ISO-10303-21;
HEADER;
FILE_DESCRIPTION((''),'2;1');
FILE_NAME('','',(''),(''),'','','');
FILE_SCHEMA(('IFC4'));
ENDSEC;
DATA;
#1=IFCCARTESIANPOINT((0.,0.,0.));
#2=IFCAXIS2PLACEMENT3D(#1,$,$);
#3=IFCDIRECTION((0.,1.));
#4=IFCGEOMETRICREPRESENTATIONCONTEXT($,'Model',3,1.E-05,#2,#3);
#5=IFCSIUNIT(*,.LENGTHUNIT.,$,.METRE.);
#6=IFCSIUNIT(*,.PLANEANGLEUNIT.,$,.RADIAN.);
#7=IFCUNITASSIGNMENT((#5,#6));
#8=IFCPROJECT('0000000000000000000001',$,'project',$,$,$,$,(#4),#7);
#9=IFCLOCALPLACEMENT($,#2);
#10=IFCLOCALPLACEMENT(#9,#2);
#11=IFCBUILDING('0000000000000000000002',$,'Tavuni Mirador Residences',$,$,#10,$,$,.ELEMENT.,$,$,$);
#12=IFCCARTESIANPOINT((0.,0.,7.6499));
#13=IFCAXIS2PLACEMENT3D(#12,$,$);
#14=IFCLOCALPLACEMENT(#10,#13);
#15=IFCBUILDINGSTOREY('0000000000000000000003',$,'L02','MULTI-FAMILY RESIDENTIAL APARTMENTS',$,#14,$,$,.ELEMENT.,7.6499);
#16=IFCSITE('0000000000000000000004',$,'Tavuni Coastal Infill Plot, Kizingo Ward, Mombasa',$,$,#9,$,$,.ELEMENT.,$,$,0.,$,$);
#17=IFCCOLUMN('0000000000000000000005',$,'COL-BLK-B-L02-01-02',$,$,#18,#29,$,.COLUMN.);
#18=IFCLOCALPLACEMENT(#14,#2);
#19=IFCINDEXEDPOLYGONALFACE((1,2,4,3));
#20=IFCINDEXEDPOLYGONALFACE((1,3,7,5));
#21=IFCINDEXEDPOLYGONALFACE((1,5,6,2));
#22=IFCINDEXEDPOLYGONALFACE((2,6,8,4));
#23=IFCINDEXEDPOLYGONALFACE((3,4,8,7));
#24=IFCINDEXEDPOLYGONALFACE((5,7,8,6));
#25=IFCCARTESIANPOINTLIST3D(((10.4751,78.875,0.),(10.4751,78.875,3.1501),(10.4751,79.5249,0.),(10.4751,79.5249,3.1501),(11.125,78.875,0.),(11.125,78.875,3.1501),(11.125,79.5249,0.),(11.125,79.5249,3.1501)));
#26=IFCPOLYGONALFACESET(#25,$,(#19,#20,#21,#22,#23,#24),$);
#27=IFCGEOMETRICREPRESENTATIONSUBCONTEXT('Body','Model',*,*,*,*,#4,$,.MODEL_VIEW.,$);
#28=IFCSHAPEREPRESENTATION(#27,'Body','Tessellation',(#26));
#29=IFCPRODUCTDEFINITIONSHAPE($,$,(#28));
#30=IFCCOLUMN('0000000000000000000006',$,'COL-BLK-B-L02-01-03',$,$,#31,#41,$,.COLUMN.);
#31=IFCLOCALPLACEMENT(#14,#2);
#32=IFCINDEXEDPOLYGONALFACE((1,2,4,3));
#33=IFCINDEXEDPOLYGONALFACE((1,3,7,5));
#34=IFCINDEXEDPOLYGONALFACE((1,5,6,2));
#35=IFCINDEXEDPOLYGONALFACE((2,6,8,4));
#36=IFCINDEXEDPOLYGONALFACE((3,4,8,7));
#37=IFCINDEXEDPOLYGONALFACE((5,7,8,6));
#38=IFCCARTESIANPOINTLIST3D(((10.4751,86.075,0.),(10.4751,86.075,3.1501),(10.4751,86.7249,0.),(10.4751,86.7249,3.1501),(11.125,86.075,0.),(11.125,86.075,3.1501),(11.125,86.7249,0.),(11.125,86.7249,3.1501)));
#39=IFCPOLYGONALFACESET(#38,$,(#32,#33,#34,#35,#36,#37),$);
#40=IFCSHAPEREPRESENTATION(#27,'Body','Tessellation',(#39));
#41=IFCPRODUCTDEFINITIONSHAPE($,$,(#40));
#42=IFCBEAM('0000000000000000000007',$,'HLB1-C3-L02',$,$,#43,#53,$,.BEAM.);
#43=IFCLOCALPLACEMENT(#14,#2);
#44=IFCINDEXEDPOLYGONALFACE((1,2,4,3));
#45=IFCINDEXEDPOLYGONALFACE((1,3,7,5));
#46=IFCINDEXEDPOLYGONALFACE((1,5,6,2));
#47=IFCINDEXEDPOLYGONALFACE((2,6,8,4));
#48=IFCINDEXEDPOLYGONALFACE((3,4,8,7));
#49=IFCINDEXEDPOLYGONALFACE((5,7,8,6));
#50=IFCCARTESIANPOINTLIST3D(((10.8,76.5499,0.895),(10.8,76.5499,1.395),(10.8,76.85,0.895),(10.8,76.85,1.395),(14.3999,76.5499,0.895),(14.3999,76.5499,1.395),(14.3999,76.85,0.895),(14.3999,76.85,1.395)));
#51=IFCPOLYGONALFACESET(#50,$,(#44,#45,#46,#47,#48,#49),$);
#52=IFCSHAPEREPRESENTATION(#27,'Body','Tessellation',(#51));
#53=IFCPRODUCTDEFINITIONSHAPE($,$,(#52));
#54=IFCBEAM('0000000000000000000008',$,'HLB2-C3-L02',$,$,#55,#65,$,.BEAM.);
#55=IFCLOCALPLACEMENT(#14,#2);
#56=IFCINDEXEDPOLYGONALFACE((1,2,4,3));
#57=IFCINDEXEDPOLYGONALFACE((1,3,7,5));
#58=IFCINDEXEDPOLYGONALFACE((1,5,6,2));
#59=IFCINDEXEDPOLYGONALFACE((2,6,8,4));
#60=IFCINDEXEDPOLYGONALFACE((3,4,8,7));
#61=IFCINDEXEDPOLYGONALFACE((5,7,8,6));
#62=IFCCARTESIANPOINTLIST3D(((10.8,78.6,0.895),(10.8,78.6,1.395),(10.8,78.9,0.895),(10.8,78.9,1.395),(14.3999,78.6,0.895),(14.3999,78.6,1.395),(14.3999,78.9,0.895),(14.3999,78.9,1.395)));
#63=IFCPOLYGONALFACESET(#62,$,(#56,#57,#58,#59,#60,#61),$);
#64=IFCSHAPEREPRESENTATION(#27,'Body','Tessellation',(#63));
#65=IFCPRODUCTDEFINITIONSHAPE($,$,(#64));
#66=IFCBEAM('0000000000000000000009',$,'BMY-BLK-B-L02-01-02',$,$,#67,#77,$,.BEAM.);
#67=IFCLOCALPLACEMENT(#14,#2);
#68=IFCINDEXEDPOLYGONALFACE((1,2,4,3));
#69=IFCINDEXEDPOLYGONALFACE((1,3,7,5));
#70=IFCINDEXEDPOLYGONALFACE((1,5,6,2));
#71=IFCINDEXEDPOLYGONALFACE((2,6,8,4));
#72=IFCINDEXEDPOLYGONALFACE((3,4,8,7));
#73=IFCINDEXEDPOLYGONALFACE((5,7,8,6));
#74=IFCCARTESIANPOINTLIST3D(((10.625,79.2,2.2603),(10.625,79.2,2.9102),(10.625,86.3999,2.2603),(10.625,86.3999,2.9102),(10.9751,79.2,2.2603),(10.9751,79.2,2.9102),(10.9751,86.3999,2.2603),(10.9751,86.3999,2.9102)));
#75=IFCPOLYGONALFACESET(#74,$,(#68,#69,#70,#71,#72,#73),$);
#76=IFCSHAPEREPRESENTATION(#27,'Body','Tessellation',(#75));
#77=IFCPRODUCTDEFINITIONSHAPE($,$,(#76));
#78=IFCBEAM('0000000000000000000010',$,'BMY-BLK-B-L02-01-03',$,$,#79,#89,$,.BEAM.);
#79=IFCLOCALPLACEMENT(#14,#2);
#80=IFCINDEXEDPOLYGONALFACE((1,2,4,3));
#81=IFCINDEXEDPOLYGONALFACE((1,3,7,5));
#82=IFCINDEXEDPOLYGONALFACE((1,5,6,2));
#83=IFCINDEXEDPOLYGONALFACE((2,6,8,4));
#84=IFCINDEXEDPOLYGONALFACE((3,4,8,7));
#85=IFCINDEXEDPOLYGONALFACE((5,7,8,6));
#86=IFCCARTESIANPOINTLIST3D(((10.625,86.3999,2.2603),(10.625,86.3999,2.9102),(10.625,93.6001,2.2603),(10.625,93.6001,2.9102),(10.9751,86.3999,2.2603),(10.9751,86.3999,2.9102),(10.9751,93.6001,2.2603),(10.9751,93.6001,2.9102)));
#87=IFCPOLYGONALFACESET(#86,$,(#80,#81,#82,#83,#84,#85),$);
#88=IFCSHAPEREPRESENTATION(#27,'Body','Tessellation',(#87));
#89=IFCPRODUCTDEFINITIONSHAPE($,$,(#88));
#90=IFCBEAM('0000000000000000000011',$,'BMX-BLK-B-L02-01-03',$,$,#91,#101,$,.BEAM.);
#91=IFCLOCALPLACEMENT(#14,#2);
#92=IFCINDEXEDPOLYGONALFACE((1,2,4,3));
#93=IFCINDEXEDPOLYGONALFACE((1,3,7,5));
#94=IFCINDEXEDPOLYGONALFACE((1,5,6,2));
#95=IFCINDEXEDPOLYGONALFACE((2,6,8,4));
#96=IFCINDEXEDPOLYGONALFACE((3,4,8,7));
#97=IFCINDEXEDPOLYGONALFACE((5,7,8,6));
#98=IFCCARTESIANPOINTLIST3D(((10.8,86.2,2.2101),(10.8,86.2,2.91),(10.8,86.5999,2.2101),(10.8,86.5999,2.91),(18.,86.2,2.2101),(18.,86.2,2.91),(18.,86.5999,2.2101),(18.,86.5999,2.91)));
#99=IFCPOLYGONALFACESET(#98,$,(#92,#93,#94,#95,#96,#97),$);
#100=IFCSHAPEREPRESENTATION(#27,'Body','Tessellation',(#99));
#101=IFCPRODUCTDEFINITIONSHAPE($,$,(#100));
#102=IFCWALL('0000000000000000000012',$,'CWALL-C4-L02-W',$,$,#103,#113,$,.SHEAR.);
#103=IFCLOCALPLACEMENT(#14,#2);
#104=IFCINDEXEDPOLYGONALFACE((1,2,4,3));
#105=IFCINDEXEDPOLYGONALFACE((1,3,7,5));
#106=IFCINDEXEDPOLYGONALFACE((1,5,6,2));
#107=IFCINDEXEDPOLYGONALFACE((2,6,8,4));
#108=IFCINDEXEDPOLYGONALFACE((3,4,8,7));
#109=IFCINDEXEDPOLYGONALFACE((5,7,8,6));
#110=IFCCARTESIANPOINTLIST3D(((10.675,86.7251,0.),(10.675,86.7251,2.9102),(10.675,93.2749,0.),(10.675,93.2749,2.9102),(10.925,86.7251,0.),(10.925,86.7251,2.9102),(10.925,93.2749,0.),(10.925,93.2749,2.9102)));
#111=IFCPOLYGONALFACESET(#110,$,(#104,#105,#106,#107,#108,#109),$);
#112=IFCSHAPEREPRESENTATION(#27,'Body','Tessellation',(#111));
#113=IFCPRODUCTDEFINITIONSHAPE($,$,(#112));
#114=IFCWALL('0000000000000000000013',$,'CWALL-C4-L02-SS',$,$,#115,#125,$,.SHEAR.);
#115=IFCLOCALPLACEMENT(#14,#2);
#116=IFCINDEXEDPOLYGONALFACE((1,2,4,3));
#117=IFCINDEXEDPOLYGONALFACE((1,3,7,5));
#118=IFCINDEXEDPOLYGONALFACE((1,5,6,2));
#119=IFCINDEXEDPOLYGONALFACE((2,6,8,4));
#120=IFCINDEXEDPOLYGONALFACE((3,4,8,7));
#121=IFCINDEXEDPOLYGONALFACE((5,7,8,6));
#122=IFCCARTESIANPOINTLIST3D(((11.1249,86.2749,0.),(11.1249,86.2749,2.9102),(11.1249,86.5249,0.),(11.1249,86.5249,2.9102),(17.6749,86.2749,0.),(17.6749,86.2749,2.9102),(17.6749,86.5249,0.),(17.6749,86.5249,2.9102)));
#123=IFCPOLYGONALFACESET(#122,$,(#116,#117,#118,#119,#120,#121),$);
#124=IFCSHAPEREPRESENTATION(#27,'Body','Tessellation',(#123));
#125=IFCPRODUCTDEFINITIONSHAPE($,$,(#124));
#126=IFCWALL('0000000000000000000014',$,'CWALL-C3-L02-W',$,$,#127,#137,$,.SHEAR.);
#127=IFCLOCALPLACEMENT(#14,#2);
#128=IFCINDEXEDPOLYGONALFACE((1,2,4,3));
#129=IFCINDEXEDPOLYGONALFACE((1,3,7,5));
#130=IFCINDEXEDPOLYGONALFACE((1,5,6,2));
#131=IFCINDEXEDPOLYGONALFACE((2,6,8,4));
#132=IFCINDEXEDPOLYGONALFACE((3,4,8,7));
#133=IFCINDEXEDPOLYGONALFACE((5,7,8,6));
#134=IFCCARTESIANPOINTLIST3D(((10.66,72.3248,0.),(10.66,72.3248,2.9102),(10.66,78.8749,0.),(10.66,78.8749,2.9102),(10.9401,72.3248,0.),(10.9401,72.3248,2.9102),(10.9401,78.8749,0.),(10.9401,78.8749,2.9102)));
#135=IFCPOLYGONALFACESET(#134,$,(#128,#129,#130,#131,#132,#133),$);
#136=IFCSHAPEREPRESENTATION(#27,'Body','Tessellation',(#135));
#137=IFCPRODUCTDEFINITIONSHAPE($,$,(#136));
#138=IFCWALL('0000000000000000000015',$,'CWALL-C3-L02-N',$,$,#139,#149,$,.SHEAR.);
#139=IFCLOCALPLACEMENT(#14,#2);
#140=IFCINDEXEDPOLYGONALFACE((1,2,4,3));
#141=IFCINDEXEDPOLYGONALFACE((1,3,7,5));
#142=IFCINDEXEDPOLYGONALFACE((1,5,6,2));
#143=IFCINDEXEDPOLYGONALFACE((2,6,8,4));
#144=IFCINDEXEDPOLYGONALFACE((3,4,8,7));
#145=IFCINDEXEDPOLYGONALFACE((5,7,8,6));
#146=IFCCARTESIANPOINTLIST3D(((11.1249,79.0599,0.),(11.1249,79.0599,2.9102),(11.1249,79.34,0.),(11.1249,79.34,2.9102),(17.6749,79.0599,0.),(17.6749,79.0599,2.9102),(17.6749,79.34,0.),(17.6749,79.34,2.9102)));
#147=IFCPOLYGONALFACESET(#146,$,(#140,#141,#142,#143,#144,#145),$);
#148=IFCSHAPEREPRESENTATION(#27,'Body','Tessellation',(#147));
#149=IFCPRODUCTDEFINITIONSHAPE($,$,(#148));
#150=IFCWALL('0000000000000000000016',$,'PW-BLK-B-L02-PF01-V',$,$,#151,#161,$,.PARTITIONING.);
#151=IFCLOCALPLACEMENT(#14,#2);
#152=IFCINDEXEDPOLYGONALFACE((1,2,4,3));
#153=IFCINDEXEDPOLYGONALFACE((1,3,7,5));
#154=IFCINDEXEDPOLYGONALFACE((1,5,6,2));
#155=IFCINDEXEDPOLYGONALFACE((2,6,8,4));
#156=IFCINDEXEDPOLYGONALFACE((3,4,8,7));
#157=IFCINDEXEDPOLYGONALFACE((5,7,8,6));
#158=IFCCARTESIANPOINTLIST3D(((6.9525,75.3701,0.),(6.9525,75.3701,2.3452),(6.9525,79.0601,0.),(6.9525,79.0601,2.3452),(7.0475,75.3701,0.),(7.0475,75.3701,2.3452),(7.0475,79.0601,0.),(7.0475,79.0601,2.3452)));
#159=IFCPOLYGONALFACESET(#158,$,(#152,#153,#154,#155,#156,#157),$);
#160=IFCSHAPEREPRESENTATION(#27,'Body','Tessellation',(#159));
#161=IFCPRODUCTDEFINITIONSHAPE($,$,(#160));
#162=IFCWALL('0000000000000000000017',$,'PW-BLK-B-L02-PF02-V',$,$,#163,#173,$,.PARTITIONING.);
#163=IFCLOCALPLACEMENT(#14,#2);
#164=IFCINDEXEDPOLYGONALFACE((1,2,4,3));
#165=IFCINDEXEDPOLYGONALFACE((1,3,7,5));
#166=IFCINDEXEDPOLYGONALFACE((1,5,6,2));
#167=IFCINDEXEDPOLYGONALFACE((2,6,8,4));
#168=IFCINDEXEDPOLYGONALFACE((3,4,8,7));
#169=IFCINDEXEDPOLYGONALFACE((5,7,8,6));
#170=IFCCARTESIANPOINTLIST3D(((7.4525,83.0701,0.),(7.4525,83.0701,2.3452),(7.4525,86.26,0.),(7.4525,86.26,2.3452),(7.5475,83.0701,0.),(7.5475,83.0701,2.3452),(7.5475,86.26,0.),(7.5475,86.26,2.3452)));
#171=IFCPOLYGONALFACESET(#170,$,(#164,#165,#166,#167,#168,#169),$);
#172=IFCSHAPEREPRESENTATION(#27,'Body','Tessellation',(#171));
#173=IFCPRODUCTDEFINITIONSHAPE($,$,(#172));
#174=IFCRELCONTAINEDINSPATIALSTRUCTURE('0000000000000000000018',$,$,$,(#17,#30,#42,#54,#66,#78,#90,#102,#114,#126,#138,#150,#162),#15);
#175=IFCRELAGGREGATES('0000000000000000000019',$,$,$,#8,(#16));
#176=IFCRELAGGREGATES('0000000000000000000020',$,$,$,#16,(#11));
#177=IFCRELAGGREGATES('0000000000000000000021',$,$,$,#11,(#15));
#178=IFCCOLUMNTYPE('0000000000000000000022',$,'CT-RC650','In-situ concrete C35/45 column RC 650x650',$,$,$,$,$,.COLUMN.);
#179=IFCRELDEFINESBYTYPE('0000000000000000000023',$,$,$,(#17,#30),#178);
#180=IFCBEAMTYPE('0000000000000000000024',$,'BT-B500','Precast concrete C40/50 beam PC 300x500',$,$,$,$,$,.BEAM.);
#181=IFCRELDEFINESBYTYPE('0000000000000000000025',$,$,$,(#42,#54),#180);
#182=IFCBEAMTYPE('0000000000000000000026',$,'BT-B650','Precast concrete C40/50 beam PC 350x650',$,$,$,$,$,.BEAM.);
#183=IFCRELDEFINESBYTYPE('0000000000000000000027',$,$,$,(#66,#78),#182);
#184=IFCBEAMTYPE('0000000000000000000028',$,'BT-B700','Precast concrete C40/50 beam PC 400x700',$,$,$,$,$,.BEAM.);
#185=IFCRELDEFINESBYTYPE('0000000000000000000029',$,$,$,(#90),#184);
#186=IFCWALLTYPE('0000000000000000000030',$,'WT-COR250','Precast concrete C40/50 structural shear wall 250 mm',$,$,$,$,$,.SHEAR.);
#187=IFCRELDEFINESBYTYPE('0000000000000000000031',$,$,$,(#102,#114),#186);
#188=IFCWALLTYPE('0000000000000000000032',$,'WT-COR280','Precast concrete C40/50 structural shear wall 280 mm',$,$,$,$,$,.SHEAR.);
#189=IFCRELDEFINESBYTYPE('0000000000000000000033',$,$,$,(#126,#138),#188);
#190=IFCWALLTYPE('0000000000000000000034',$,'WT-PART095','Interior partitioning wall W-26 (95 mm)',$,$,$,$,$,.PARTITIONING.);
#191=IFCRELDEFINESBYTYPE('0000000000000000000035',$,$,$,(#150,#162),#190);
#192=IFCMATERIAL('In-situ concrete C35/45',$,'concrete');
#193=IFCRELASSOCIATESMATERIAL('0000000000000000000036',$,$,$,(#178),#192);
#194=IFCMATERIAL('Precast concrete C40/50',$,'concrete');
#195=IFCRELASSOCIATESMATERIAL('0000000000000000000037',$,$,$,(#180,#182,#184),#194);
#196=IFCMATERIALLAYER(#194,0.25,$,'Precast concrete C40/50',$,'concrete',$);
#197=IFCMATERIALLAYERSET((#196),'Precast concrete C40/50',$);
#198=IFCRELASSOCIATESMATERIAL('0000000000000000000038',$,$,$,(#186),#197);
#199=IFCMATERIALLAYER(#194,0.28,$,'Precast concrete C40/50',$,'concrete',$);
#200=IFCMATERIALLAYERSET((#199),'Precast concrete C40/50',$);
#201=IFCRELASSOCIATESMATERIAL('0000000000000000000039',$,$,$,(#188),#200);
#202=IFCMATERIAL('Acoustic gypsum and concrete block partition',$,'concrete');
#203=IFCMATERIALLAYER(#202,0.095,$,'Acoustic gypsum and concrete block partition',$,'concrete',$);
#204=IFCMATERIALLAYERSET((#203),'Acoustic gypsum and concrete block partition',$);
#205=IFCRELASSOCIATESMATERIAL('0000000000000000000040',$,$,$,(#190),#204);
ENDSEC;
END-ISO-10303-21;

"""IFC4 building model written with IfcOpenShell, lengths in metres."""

from ifc_helpers import new_model, si_unit, direction, frame, frame_2d, origin, origin_2d, place, context, subcontext, project, spatial, rectangle, extrude, material, layer, layer_set, material_profile, profile_set, type_object, element, save


model = new_model("IFC4")

# Units and contexts
model_context = context("Model", 3, precision=1e-05, world=origin(), true_north=direction((0.0, 1.0)))
body_context = subcontext(model_context, "Body", "Model", "MODEL_VIEW")
ifc_project = project(units=[si_unit("LENGTHUNIT", "METRE"), si_unit("PLANEANGLEUNIT", "RADIAN")], contexts=[model_context])

# Site, building, storey
site_placement = place(None, origin())
site = spatial("IfcSite", under=ifc_project, at=site_placement, Name="Tavuni Coastal Infill Plot, Kizingo Ward, Mombasa", CompositionType="ELEMENT", RefElevation=0.0)
building_placement = place(site_placement, origin())
building = spatial("IfcBuilding", under=site, at=building_placement, Name="Tavuni Mirador Residences", CompositionType="ELEMENT")
storey_placement = place(building_placement, frame((0.0, 0.0, 7.6499)))
storey = spatial("IfcBuildingStorey", under=building, at=storey_placement, Name="L02", Description="MULTI-FAMILY RESIDENTIAL APARTMENTS", CompositionType="ELEMENT", Elevation=7.6499)

# Columns
ifc_material_1 = material(Name="In-situ concrete C35/45", Category="concrete")
ifc_material_profile_1 = material_profile(ifc_material_1, rectangle(XDim=0.6499, YDim=0.6499, at=origin_2d()), Name="RC 650x650", Category="concrete")
ifc_profile_set_1 = profile_set([ifc_material_profile_1], Name="In-situ concrete C35/45")
column_type = type_object("IfcColumnType", Name="CT-RC650", Description="In-situ concrete C35/45 column RC 650x650", PredefinedType="COLUMN", material=ifc_profile_set_1)
for number, where, z_axis, x_axis, name in (
    (1, (10.8, 79.2, 0.0), (0.0, 0.0, 1.0), (1.0, 0.0, 0.0), "COL-BLK-B-L02-01-02"),
    (2, (10.8, 86.3999, 0.0), (0.0, 0.0, 1.0), (1.0, 0.0, 0.0), "COL-BLK-B-L02-01-03"),
):
    element("IfcColumn", number, at=place(storey_placement, frame(where, z_axis=z_axis, x_axis=x_axis)), inside=storey, type_object=column_type, Name=name, PredefinedType="COLUMN", context=body_context, shape_type="SweptSolid", body=[
        extrude(rectangle(XDim=0.6499, YDim=0.6499, at=origin_2d()), origin(), (0.0, 0.0, 1.0), 3.1501),
    ])

# Beams
ifc_material_2 = material(Name="Precast concrete C40/50", Category="concrete")
ifc_material_profile_2 = material_profile(ifc_material_2, rectangle(XDim=0.3, YDim=0.5, at=origin_2d()), Name="PC 300x500", Category="concrete")
ifc_profile_set_2 = profile_set([ifc_material_profile_2], Name="Precast concrete C40/50")
beam_type_1 = type_object("IfcBeamType", Name="BT-B500", Description="Precast concrete C40/50 beam PC 300x500", PredefinedType="BEAM", material=ifc_profile_set_2)
for number, where, z_axis, x_axis, name in (
    (3, (10.8, 76.7, 1.145), (1.0, 0.0, 0.0), (0.0, 1.0, 0.0), "HLB1-C3-L02"),
    (4, (10.8, 78.75, 1.145), (1.0, 0.0, 0.0), (0.0, 1.0, 0.0), "HLB2-C3-L02"),
):
    element("IfcBeam", number, at=place(storey_placement, frame(where, z_axis=z_axis, x_axis=x_axis)), inside=storey, type_object=beam_type_1, Name=name, PredefinedType="BEAM", context=body_context, shape_type="SweptSolid", body=[
        extrude(rectangle(XDim=0.3, YDim=0.5, at=origin_2d()), origin(), (0.0, 0.0, 1.0), 3.5999),
    ])
ifc_material_profile_3 = material_profile(ifc_material_2, rectangle(XDim=0.3501, YDim=0.6499, at=origin_2d()), Name="PC 350x650", Category="concrete")
ifc_profile_set_3 = profile_set([ifc_material_profile_3], Name="Precast concrete C40/50")
beam_type_2 = type_object("IfcBeamType", Name="BT-B650", Description="Precast concrete C40/50 beam PC 350x650", PredefinedType="BEAM", material=ifc_profile_set_3)
beam_1_placement = place(storey_placement, frame((10.8, 79.2, 2.5852), z_axis=(0.0, 1.0, 0.0), x_axis=(-1.0, 0.0, 0.0)))
element("IfcBeam", 5, at=beam_1_placement, inside=storey, type_object=beam_type_2, Name="BMY-BLK-B-L02-01-02", PredefinedType="BEAM", context=body_context, shape_type="SweptSolid", body=[
    extrude(rectangle(XDim=0.3501, YDim=0.6499, at=origin_2d()), origin(), (0.0, 0.0, 1.0), 7.2),
])
beam_2_placement = place(storey_placement, frame((10.8, 86.3999, 2.5852), z_axis=(0.0, 1.0, 0.0), x_axis=(-1.0, 0.0, 0.0)))
element("IfcBeam", 6, at=beam_2_placement, inside=storey, type_object=beam_type_2, Name="BMY-BLK-B-L02-01-03", PredefinedType="BEAM", context=body_context, shape_type="SweptSolid", body=[
    extrude(rectangle(XDim=0.3501, YDim=0.6499, at=origin_2d()), origin(), (0.0, 0.0, 1.0), 7.2002),
])
ifc_material_profile_4 = material_profile(ifc_material_2, rectangle(XDim=0.3999, YDim=0.7, at=origin_2d()), Name="PC 400x700", Category="concrete")
ifc_profile_set_4 = profile_set([ifc_material_profile_4], Name="Precast concrete C40/50")
beam_type_3 = type_object("IfcBeamType", Name="BT-B700", Description="Precast concrete C40/50 beam PC 400x700", PredefinedType="BEAM", material=ifc_profile_set_4)
beam_3_placement = place(storey_placement, frame((10.8, 86.3999, 2.5601), z_axis=(1.0, 0.0, 0.0), x_axis=(0.0, 1.0, 0.0)))
element("IfcBeam", 7, at=beam_3_placement, inside=storey, type_object=beam_type_3, Name="BMX-BLK-B-L02-01-03", PredefinedType="BEAM", context=body_context, shape_type="SweptSolid", body=[
    extrude(rectangle(XDim=0.3999, YDim=0.7, at=origin_2d()), origin(), (0.0, 0.0, 1.0), 7.2),
])

# Walls
ifc_layer_1 = layer(ifc_material_2, 0.25, Name="Precast concrete C40/50", Category="concrete")
ifc_layer_set_1 = layer_set([ifc_layer_1], Name="Precast concrete C40/50")
wall_type_1 = type_object("IfcWallType", Name="WT-COR250", Description="Precast concrete C40/50 structural shear wall 250 mm", PredefinedType="SHEAR", material=ifc_layer_set_1)
wall_1_placement = place(storey_placement, frame((10.8, 86.7251, 0.0), z_axis=(0.0, 0.0, 1.0), x_axis=(0.0, 1.0, 0.0)))
element("IfcWall", 8, at=wall_1_placement, inside=storey, type_object=wall_type_1, Name="CWALL-C4-L02-W", PredefinedType="SHEAR", context=body_context, shape_type="SweptSolid", body=[
    extrude(rectangle(XDim=6.5498, YDim=0.25, at=frame_2d((3.2749, 0.0))), origin(), (0.0, 0.0, 1.0), 2.9102),
])
wall_2_placement = place(storey_placement, frame((11.125, 86.3999, 0.0), z_axis=(0.0, 0.0, 1.0), x_axis=(1.0, 0.0, 0.0)))
element("IfcWall", 9, at=wall_2_placement, inside=storey, type_object=wall_type_1, Name="CWALL-C4-L02-SS", PredefinedType="SHEAR", context=body_context, shape_type="SweptSolid", body=[
    extrude(rectangle(XDim=6.55, YDim=0.25, at=frame_2d((3.2749, 0.0))), origin(), (0.0, 0.0, 1.0), 2.9102),
])
ifc_layer_2 = layer(ifc_material_2, 0.28, Name="Precast concrete C40/50", Category="concrete")
ifc_layer_set_2 = layer_set([ifc_layer_2], Name="Precast concrete C40/50")
wall_type_2 = type_object("IfcWallType", Name="WT-COR280", Description="Precast concrete C40/50 structural shear wall 280 mm", PredefinedType="SHEAR", material=ifc_layer_set_2)
for number, where, z_axis, x_axis, name in (
    (10, (10.8, 72.325, 0.0), (0.0, 0.0, 1.0), (0.0, 1.0, 0.0), "CWALL-C3-L02-W"),
    (11, (11.125, 79.2, 0.0), (0.0, 0.0, 1.0), (1.0, 0.0, 0.0), "CWALL-C3-L02-N"),
):
    element("IfcWall", number, at=place(storey_placement, frame(where, z_axis=z_axis, x_axis=x_axis)), inside=storey, type_object=wall_type_2, Name=name, PredefinedType="SHEAR", context=body_context, shape_type="SweptSolid", body=[
        extrude(rectangle(XDim=6.55, YDim=0.28, at=frame_2d((3.2749, 0.0))), origin(), (0.0, 0.0, 1.0), 2.9102),
    ])

# Walls
ifc_material_3 = material(Name="Acoustic gypsum and concrete block partition", Category="concrete")
ifc_layer_3 = layer(ifc_material_3, 0.095, Name="Acoustic gypsum and concrete block partition", Category="concrete")
ifc_layer_set_3 = layer_set([ifc_layer_3], Name="Acoustic gypsum and concrete block partition")
wall_type_3 = type_object("IfcWallType", Name="WT-PART095", Description="Interior partitioning wall W-26 (95 mm)", PredefinedType="PARTITIONING", material=ifc_layer_set_3)
wall_3_placement = place(storey_placement, frame((7.0, 75.3701, 0.0), z_axis=(0.0, 0.0, 1.0), x_axis=(0.0, 1.0, 0.0)))
element("IfcWall", 12, at=wall_3_placement, inside=storey, type_object=wall_type_3, Name="PW-BLK-B-L02-PF01-V", PredefinedType="PARTITIONING", context=body_context, shape_type="SweptSolid", body=[
    extrude(rectangle(XDim=3.6899, YDim=0.095, at=frame_2d((1.845, 0.0))), origin(), (0.0, 0.0, 1.0), 2.3452),
])
wall_4_placement = place(storey_placement, frame((7.5, 83.0701, 0.0), z_axis=(0.0, 0.0, 1.0), x_axis=(0.0, 1.0, 0.0)))
element("IfcWall", 13, at=wall_4_placement, inside=storey, type_object=wall_type_3, Name="PW-BLK-B-L02-PF02-V", PredefinedType="PARTITIONING", context=body_context, shape_type="SweptSolid", body=[
    extrude(rectangle(XDim=3.1899, YDim=0.095, at=frame_2d((1.595, 0.0))), origin(), (0.0, 0.0, 1.0), 2.3452),
])

save(model, "model.ifc")
